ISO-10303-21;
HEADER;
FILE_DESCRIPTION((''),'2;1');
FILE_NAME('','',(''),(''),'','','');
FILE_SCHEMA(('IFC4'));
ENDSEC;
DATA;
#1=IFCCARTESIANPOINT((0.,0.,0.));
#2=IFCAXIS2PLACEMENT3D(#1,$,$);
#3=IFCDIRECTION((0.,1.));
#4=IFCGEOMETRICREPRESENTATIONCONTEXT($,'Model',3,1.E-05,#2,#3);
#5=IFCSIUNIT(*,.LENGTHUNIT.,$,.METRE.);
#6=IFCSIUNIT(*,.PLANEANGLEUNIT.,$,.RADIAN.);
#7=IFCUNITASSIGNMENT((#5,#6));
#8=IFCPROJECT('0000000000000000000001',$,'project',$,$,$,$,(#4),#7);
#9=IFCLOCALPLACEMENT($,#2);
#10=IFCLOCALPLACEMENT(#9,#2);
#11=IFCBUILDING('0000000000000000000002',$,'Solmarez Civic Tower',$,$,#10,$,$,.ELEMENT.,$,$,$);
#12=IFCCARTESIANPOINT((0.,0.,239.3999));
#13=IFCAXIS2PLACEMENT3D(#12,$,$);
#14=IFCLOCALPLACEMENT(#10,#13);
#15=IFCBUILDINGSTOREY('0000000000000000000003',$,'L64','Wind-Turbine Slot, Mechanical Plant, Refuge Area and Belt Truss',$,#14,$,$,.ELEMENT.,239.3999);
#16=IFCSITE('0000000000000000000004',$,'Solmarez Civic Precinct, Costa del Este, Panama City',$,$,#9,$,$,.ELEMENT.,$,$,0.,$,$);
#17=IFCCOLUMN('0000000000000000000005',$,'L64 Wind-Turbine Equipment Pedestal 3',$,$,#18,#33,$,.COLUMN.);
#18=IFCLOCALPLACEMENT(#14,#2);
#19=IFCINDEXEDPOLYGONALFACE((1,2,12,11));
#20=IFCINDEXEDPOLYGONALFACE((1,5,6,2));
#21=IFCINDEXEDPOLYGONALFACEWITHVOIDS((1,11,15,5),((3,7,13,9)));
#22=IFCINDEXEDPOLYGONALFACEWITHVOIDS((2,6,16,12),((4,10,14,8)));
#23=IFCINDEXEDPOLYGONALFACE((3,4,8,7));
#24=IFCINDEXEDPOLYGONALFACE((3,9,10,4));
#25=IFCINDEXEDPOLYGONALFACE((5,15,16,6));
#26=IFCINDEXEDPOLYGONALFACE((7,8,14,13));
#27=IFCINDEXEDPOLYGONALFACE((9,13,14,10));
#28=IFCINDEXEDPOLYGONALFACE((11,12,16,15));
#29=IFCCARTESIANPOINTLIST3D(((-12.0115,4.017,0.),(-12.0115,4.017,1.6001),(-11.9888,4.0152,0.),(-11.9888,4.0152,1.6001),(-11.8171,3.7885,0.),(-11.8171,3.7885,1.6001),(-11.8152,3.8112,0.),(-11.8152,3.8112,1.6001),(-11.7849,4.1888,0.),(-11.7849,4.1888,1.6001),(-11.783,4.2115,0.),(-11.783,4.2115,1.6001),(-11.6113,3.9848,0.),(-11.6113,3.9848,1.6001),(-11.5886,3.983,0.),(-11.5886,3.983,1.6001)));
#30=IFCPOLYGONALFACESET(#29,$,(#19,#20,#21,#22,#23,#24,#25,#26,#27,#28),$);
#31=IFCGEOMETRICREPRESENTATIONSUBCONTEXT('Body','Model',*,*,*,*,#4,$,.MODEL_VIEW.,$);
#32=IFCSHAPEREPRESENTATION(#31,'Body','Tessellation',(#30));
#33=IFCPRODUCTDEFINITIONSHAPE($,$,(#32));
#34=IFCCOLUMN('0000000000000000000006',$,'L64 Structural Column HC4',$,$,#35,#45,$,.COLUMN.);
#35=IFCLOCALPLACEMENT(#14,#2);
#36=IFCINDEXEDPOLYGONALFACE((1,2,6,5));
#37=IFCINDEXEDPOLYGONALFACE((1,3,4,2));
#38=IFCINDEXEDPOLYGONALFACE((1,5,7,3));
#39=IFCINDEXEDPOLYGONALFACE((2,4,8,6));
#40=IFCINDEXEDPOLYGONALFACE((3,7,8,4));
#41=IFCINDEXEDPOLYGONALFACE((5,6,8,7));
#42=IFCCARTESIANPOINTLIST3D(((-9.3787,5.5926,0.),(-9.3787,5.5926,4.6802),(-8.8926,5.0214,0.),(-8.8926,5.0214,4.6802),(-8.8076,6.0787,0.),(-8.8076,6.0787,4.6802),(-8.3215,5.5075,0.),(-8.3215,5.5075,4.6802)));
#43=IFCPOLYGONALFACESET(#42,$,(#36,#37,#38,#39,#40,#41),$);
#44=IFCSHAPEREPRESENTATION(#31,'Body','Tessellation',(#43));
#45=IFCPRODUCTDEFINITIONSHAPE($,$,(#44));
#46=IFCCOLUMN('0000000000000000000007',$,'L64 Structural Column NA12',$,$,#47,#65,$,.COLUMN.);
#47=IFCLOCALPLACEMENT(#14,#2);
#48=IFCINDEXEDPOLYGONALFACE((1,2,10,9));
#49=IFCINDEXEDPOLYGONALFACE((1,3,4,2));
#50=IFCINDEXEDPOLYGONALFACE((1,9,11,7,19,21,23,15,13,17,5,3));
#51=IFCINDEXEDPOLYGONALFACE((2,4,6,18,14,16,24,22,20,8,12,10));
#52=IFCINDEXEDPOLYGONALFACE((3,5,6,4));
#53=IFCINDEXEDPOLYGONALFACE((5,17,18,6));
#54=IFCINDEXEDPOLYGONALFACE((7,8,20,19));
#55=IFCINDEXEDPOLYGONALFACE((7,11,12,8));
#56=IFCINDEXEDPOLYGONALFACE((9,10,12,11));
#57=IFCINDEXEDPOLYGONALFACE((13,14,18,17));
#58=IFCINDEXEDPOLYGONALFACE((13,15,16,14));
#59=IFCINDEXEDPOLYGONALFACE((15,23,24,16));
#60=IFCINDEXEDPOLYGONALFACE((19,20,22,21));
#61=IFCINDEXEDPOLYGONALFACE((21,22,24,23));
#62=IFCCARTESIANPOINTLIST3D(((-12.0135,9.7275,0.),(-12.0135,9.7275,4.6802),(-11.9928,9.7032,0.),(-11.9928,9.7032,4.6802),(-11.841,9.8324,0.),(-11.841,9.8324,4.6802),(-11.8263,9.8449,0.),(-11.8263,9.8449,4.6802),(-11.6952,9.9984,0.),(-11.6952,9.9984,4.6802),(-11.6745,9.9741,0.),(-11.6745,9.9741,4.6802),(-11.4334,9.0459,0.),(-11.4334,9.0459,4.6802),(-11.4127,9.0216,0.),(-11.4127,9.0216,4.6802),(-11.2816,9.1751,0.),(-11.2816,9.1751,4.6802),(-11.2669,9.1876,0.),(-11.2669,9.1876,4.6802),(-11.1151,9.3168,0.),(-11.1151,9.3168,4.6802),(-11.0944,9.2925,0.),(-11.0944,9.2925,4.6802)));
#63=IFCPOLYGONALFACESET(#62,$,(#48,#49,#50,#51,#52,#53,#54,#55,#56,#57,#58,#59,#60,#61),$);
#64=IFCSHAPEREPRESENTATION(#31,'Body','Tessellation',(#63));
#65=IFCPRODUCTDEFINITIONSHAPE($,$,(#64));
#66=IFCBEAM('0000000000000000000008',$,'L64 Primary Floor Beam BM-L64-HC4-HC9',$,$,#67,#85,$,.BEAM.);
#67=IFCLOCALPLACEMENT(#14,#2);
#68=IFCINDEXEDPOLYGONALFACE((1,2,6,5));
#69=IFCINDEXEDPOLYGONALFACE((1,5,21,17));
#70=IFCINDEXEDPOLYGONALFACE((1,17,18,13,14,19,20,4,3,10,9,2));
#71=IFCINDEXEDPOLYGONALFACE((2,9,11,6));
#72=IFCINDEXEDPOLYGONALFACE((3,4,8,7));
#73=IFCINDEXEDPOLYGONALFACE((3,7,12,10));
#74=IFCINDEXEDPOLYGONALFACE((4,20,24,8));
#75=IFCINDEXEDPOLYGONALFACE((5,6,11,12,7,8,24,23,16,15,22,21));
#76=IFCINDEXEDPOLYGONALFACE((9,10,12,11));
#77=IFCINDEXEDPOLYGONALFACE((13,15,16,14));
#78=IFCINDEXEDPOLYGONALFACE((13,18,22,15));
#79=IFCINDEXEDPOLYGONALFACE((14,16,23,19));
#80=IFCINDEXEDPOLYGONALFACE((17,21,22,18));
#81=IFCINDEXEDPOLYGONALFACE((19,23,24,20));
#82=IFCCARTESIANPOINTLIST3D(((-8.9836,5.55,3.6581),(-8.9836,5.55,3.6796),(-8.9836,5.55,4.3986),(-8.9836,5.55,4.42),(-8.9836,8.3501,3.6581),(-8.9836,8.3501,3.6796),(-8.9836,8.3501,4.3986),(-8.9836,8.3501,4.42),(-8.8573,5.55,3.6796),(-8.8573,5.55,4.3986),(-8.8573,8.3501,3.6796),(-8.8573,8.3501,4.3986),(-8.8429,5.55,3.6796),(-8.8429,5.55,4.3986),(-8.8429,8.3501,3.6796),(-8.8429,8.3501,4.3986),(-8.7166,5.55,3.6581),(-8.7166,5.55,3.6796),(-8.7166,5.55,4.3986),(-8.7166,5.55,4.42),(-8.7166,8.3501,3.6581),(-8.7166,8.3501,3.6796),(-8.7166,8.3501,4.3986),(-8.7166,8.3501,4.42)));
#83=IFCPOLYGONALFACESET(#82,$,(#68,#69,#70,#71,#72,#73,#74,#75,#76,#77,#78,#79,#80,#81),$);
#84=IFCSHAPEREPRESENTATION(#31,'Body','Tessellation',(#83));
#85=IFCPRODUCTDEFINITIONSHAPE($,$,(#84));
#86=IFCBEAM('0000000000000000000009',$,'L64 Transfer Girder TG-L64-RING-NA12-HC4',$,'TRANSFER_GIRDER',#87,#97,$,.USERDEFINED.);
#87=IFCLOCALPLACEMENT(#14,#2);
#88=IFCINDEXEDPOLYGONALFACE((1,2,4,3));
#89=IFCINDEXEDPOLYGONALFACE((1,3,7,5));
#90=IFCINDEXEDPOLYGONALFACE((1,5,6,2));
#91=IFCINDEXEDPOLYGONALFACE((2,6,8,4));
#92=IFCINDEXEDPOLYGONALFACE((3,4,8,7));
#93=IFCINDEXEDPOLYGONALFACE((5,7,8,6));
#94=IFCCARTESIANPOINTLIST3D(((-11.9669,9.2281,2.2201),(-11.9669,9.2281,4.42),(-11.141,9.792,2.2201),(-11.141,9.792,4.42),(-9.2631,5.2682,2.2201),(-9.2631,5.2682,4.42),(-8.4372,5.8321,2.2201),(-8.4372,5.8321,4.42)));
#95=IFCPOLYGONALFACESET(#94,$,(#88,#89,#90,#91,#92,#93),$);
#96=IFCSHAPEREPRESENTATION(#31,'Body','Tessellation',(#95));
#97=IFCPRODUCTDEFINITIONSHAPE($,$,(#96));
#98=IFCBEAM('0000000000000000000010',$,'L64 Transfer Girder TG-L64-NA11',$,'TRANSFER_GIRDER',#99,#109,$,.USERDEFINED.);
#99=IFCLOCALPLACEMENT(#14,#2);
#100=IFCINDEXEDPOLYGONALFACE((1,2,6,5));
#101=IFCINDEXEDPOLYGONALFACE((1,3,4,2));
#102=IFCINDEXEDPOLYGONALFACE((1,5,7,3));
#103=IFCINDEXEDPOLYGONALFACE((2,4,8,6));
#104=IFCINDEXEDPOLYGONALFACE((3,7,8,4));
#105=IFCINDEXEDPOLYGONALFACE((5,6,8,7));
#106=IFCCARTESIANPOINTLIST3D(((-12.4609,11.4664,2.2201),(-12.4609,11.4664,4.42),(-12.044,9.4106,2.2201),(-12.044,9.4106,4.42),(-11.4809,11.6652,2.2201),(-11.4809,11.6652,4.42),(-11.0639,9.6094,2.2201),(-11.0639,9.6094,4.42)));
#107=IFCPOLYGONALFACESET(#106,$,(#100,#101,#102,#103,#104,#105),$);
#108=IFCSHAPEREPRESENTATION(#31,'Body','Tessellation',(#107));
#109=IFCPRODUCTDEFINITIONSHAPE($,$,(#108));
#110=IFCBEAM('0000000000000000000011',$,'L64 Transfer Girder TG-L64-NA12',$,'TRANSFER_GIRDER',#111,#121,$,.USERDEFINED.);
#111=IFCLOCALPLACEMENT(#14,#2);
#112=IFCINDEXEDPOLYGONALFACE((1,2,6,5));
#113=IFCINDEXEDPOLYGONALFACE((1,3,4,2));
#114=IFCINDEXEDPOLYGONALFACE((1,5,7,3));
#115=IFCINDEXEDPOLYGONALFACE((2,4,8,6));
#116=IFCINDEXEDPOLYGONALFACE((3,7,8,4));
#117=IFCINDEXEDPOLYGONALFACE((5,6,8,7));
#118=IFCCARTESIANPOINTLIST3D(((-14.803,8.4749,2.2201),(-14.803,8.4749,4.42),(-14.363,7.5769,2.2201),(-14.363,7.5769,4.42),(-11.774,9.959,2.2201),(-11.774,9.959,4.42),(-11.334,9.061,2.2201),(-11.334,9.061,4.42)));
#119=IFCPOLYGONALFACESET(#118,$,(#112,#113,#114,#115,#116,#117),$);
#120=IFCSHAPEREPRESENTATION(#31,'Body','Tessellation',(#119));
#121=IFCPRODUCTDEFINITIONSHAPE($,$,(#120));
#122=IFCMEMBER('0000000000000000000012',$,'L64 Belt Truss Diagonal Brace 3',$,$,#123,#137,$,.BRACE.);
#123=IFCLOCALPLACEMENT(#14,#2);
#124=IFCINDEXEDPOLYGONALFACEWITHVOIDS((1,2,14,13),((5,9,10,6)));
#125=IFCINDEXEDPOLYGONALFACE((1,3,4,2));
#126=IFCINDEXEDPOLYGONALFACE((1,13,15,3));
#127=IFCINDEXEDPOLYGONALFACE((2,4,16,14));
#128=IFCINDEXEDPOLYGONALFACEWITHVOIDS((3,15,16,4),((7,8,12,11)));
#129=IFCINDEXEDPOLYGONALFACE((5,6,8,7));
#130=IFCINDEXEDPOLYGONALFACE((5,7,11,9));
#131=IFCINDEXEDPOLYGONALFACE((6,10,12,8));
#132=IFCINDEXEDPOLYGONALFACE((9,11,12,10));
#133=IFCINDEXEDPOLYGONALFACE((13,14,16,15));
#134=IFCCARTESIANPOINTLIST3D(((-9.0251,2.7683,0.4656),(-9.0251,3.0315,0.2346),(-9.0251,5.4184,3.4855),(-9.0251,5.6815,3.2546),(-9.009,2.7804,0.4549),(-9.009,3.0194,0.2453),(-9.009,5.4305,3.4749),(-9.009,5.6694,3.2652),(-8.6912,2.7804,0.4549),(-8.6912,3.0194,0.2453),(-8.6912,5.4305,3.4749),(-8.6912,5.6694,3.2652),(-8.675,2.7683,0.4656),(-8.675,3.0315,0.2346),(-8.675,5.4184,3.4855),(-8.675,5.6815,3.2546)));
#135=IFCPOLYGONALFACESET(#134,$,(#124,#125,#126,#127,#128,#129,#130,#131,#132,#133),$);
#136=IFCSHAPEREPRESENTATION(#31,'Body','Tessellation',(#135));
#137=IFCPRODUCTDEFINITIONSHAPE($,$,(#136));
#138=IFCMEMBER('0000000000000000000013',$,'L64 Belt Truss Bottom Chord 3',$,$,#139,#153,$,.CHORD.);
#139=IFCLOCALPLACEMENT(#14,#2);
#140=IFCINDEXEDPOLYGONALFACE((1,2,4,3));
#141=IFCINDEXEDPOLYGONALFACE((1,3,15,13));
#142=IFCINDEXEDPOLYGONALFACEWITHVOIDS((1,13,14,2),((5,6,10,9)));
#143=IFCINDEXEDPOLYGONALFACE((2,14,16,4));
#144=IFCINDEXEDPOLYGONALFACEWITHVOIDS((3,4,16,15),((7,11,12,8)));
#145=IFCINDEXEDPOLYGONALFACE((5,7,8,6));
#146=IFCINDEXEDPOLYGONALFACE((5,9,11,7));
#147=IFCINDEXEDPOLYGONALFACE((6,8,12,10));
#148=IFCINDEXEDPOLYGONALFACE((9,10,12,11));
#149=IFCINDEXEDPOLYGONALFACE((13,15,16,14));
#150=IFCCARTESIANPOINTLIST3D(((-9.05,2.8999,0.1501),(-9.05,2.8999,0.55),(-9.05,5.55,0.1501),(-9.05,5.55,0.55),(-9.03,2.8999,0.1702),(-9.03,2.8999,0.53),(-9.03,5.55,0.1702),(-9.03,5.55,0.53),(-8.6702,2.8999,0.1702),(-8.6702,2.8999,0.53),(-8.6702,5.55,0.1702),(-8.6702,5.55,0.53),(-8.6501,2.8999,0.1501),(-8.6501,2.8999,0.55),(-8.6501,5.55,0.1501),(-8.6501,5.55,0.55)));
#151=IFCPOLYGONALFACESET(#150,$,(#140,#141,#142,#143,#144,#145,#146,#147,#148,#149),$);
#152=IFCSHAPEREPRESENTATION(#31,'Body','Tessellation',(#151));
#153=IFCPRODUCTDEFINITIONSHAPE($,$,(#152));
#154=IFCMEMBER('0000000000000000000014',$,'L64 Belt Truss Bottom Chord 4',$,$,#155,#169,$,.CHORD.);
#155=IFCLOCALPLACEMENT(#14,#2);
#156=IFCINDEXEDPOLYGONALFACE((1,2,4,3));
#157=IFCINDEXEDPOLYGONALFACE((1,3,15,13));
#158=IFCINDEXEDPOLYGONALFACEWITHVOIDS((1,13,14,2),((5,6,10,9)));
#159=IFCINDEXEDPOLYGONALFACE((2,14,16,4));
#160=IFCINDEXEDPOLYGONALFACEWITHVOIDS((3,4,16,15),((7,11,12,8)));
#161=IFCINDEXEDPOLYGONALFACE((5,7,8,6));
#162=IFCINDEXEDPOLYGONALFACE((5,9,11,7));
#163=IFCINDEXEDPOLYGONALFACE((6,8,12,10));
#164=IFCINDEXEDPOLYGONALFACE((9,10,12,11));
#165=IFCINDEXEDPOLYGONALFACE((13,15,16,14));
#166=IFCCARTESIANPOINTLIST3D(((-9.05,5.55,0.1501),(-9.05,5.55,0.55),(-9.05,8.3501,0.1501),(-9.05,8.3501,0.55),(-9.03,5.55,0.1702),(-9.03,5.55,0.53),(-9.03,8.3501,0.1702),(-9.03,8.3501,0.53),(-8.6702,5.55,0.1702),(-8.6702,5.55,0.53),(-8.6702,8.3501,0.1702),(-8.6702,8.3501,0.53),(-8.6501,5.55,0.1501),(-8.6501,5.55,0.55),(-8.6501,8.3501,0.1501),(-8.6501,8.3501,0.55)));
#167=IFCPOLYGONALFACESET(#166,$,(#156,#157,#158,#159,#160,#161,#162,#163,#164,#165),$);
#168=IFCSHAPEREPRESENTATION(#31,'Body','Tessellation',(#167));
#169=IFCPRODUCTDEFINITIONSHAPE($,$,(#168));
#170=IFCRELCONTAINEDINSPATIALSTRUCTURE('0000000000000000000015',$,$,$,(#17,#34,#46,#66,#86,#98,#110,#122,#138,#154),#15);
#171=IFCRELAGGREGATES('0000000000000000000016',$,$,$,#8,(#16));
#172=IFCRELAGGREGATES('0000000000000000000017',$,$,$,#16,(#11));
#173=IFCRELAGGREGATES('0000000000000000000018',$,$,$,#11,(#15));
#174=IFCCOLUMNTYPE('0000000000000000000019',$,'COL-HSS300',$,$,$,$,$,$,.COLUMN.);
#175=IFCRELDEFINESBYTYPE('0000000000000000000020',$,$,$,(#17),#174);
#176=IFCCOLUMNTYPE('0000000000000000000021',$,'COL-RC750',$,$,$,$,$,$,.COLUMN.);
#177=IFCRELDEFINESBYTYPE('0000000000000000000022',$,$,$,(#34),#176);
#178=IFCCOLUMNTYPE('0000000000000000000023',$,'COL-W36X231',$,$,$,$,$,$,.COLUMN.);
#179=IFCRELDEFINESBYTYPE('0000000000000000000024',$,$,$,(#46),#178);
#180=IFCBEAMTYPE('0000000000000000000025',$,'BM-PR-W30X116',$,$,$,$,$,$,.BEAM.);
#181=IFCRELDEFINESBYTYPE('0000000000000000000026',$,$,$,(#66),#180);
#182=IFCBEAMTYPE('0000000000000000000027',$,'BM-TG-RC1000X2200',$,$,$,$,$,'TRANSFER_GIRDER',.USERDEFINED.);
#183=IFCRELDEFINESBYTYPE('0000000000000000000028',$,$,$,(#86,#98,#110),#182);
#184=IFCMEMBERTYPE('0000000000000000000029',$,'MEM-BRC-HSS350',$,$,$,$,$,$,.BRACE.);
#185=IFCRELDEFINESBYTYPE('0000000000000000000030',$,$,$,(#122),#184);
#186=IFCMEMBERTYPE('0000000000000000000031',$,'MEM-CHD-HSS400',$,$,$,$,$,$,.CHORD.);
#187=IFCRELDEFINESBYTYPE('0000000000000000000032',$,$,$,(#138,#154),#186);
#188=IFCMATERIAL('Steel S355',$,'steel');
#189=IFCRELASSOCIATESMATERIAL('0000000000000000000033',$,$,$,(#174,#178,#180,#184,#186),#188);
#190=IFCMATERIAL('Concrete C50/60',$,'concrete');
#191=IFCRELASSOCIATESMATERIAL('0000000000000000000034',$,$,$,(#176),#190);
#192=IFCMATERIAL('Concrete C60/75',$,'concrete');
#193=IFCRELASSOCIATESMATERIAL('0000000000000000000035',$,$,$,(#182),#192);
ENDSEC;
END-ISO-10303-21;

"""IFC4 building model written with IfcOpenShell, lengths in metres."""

from ifc_helpers import new_model, si_unit, direction, frame, origin, origin_2d, place, context, subcontext, project, spatial, rectangle, hollow_rectangle, i_section, extrude, material, material_profile, profile_set, type_object, element, save


model = new_model("IFC4")

# Units and contexts
model_context = context("Model", 3, precision=1e-05, world=origin(), true_north=direction((0.0, 1.0)))
body_context = subcontext(model_context, "Body", "Model", "MODEL_VIEW")
ifc_project = project(units=[si_unit("LENGTHUNIT", "METRE"), si_unit("PLANEANGLEUNIT", "RADIAN")], contexts=[model_context])

# Site, building, storey
site_placement = place(None, origin())
site = spatial("IfcSite", under=ifc_project, at=site_placement, Name="Solmarez Civic Precinct, Costa del Este, Panama City", CompositionType="ELEMENT", RefElevation=0.0)
building_placement = place(site_placement, origin())
building = spatial("IfcBuilding", under=site, at=building_placement, Name="Solmarez Civic Tower", CompositionType="ELEMENT")
storey_placement = place(building_placement, frame((0.0, 0.0, 239.3999)))
storey = spatial("IfcBuildingStorey", under=building, at=storey_placement, Name="L64", Description="Wind-Turbine Slot, Mechanical Plant, Refuge Area and Belt Truss", CompositionType="ELEMENT", Elevation=239.3999)

# Columns
ifc_material_1 = material(Name="Steel S355", Category="steel")
ifc_material_profile_1 = material_profile(ifc_material_1, hollow_rectangle(XDim=0.3, YDim=0.3, WallThickness=0.0161, at=origin_2d()), Name="HSS300X300X16")
ifc_profile_set_1 = profile_set([ifc_material_profile_1], Name="Steel S355")
column_type_1 = type_object("IfcColumnType", Name="COL-HSS300", PredefinedType="COLUMN", material=ifc_profile_set_1)
column_1_placement = place(storey_placement, frame((-11.8, 4.0, 0.0), z_axis=(0.0, 0.0, 1.0), x_axis=(0.761538, 0.64812, 0.0)))
element("IfcColumn", 1, at=column_1_placement, inside=storey, type_object=column_type_1, Name="L64 Wind-Turbine Equipment Pedestal 3", PredefinedType="COLUMN", context=body_context, shape_type="SweptSolid", body=[
    extrude(hollow_rectangle(XDim=0.3, YDim=0.3, WallThickness=0.0161, at=origin_2d()), origin(), (0.0, 0.0, 1.0), 1.6001),
])
ifc_material_2 = material(Name="Concrete C50/60", Category="concrete")
ifc_material_profile_2 = material_profile(ifc_material_2, rectangle(XDim=0.75, YDim=0.75, at=origin_2d()), Name="RC750X750")
ifc_profile_set_2 = profile_set([ifc_material_profile_2], Name="Concrete C50/60")
column_type_2 = type_object("IfcColumnType", Name="COL-RC750", PredefinedType="COLUMN", material=ifc_profile_set_2)
column_2_placement = place(storey_placement, frame((-8.8501, 5.55, 0.0), z_axis=(0.0, 0.0, 1.0), x_axis=(0.761538, 0.64812, 0.0)))
element("IfcColumn", 2, at=column_2_placement, inside=storey, type_object=column_type_2, Name="L64 Structural Column HC4", PredefinedType="COLUMN", context=body_context, shape_type="SweptSolid", body=[
    extrude(rectangle(XDim=0.75, YDim=0.75, at=origin_2d()), origin(), (0.0, 0.0, 1.0), 4.6802),
])
ifc_material_profile_3 = material_profile(ifc_material_1, i_section(OverallWidth=0.418, OverallDepth=0.927, WebThickness=0.0193, FlangeThickness=0.032, at=origin_2d()), Name="W36X231")
ifc_profile_set_3 = profile_set([ifc_material_profile_3], Name="Steel S355")
column_type_3 = type_object("IfcColumnType", Name="COL-W36X231", PredefinedType="COLUMN", material=ifc_profile_set_3)
column_3_placement = place(storey_placement, frame((-11.554, 9.51, 0.0), z_axis=(0.0, 0.0, 1.0), x_axis=(0.761538, 0.64812, 0.0)))
element("IfcColumn", 3, at=column_3_placement, inside=storey, type_object=column_type_3, Name="L64 Structural Column NA12", PredefinedType="COLUMN", context=body_context, shape_type="SweptSolid", body=[
    extrude(i_section(OverallWidth=0.418, OverallDepth=0.927, WebThickness=0.0193, FlangeThickness=0.032, at=origin_2d()), origin(), (0.0, 0.0, 1.0), 4.6802),
])

# Beams
ifc_material_profile_4 = material_profile(ifc_material_1, i_section(OverallWidth=0.2671, OverallDepth=0.762, WebThickness=0.0144, FlangeThickness=0.0215, at=origin_2d()), Name="W30X116")
ifc_profile_set_4 = profile_set([ifc_material_profile_4], Name="Steel S355")
beam_type_1 = type_object("IfcBeamType", Name="BM-PR-W30X116", PredefinedType="BEAM", material=ifc_profile_set_4)
beam_1_placement = place(storey_placement, frame((-8.8501, 5.55, 4.0391), z_axis=(0.0, 1.0, 0.0), x_axis=(-1.0, 0.0, 0.0)))
element("IfcBeam", 4, at=beam_1_placement, inside=storey, type_object=beam_type_1, Name="L64 Primary Floor Beam BM-L64-HC4-HC9", PredefinedType="BEAM", context=body_context, shape_type="SweptSolid", body=[
    extrude(i_section(OverallWidth=0.2671, OverallDepth=0.762, WebThickness=0.0144, FlangeThickness=0.0215, at=origin_2d()), origin(), (0.0, 0.0, 1.0), 2.8),
])
ifc_material_3 = material(Name="Concrete C60/75", Category="concrete")
ifc_material_profile_5 = material_profile(ifc_material_3, rectangle(XDim=1.0, YDim=2.2, at=origin_2d()), Name="RC1000X2200")
ifc_profile_set_5 = profile_set([ifc_material_profile_5], Name="Concrete C60/75")
beam_type_2 = type_object("IfcBeamType", Name="BM-TG-RC1000X2200", ElementType="TRANSFER_GIRDER", PredefinedType="USERDEFINED", material=ifc_profile_set_5)
beam_2_placement = place(storey_placement, frame((-11.554, 9.51, 3.3201), z_axis=(0.56389, -0.82585, 0.0), x_axis=(0.82585, 0.56389, 0.0)))
element("IfcBeam", 5, at=beam_2_placement, inside=storey, type_object=beam_type_2, Name="L64 Transfer Girder TG-L64-RING-NA12-HC4", ObjectType="TRANSFER_GIRDER", PredefinedType="USERDEFINED", context=body_context, shape_type="SweptSolid", body=[
    extrude(rectangle(XDim=1.0, YDim=2.2, at=origin_2d()), origin(), (0.0, 0.0, 1.0), 4.7949),
])
beam_3_placement = place(storey_placement, frame((-11.554, 9.51, 3.3201), z_axis=(-0.198779, 0.980044, 0.0), x_axis=(-0.980044, -0.198779, 0.0)))
element("IfcBeam", 6, at=beam_3_placement, inside=storey, type_object=beam_type_2, Name="L64 Transfer Girder TG-L64-NA11", ObjectType="TRANSFER_GIRDER", PredefinedType="USERDEFINED", context=body_context, shape_type="SweptSolid", body=[
    extrude(rectangle(XDim=1.0, YDim=2.2, at=origin_2d()), origin(), (0.0, 0.0, 1.0), 2.0977),
])
beam_4_placement = place(storey_placement, frame((-11.554, 9.51, 3.3201), z_axis=(-0.898003, -0.43999, 0.0), x_axis=(0.43999, -0.898003, 0.0)))
element("IfcBeam", 7, at=beam_4_placement, inside=storey, type_object=beam_type_2, Name="L64 Transfer Girder TG-L64-NA12", ObjectType="TRANSFER_GIRDER", PredefinedType="USERDEFINED", context=body_context, shape_type="SweptSolid", body=[
    extrude(rectangle(XDim=1.0, YDim=2.2, at=origin_2d()), origin(), (0.0, 0.0, 1.0), 3.373),
])

# Members
ifc_material_profile_6 = material_profile(ifc_material_1, hollow_rectangle(XDim=0.3501, YDim=0.3501, WallThickness=0.0161, at=origin_2d()), Name="HSS350X350X16")
ifc_profile_set_6 = profile_set([ifc_material_profile_6], Name="Steel S355")
member_type_1 = type_object("IfcMemberType", Name="MEM-BRC-HSS350", PredefinedType="BRACE", material=ifc_profile_set_6)
member_1_placement = place(storey_placement, frame((-8.8501, 2.8999, 0.3501), z_axis=(0.0, 0.659579, 0.751635), x_axis=(-1.0, 0.0, 0.0)))
element("IfcMember", 8, at=member_1_placement, inside=storey, type_object=member_type_1, Name="L64 Belt Truss Diagonal Brace 3", PredefinedType="BRACE", context=body_context, shape_type="SweptSolid", body=[
    extrude(hollow_rectangle(XDim=0.3501, YDim=0.3501, WallThickness=0.0161, at=origin_2d()), origin(), (0.0, 0.0, 1.0), 4.0178),
])
ifc_material_profile_7 = material_profile(ifc_material_1, hollow_rectangle(XDim=0.3999, YDim=0.3999, WallThickness=0.02, at=origin_2d()), Name="HSS400X400X20")
ifc_profile_set_7 = profile_set([ifc_material_profile_7], Name="Steel S355")
member_type_2 = type_object("IfcMemberType", Name="MEM-CHD-HSS400", PredefinedType="CHORD", material=ifc_profile_set_7)
member_2_placement = place(storey_placement, frame((-8.8501, 2.8999, 0.3501), z_axis=(0.0, 1.0, 0.0), x_axis=(-1.0, 0.0, 0.0)))
element("IfcMember", 9, at=member_2_placement, inside=storey, type_object=member_type_2, Name="L64 Belt Truss Bottom Chord 3", PredefinedType="CHORD", context=body_context, shape_type="SweptSolid", body=[
    extrude(hollow_rectangle(XDim=0.3999, YDim=0.3999, WallThickness=0.02, at=origin_2d()), origin(), (0.0, 0.0, 1.0), 2.6501),
])
member_3_placement = place(storey_placement, frame((-8.8501, 5.55, 0.3501), z_axis=(0.0, 1.0, 0.0), x_axis=(-1.0, 0.0, 0.0)))
element("IfcMember", 10, at=member_3_placement, inside=storey, type_object=member_type_2, Name="L64 Belt Truss Bottom Chord 4", PredefinedType="CHORD", context=body_context, shape_type="SweptSolid", body=[
    extrude(hollow_rectangle(XDim=0.3999, YDim=0.3999, WallThickness=0.02, at=origin_2d()), origin(), (0.0, 0.0, 1.0), 2.8),
])

save(model, "model.ifc")
